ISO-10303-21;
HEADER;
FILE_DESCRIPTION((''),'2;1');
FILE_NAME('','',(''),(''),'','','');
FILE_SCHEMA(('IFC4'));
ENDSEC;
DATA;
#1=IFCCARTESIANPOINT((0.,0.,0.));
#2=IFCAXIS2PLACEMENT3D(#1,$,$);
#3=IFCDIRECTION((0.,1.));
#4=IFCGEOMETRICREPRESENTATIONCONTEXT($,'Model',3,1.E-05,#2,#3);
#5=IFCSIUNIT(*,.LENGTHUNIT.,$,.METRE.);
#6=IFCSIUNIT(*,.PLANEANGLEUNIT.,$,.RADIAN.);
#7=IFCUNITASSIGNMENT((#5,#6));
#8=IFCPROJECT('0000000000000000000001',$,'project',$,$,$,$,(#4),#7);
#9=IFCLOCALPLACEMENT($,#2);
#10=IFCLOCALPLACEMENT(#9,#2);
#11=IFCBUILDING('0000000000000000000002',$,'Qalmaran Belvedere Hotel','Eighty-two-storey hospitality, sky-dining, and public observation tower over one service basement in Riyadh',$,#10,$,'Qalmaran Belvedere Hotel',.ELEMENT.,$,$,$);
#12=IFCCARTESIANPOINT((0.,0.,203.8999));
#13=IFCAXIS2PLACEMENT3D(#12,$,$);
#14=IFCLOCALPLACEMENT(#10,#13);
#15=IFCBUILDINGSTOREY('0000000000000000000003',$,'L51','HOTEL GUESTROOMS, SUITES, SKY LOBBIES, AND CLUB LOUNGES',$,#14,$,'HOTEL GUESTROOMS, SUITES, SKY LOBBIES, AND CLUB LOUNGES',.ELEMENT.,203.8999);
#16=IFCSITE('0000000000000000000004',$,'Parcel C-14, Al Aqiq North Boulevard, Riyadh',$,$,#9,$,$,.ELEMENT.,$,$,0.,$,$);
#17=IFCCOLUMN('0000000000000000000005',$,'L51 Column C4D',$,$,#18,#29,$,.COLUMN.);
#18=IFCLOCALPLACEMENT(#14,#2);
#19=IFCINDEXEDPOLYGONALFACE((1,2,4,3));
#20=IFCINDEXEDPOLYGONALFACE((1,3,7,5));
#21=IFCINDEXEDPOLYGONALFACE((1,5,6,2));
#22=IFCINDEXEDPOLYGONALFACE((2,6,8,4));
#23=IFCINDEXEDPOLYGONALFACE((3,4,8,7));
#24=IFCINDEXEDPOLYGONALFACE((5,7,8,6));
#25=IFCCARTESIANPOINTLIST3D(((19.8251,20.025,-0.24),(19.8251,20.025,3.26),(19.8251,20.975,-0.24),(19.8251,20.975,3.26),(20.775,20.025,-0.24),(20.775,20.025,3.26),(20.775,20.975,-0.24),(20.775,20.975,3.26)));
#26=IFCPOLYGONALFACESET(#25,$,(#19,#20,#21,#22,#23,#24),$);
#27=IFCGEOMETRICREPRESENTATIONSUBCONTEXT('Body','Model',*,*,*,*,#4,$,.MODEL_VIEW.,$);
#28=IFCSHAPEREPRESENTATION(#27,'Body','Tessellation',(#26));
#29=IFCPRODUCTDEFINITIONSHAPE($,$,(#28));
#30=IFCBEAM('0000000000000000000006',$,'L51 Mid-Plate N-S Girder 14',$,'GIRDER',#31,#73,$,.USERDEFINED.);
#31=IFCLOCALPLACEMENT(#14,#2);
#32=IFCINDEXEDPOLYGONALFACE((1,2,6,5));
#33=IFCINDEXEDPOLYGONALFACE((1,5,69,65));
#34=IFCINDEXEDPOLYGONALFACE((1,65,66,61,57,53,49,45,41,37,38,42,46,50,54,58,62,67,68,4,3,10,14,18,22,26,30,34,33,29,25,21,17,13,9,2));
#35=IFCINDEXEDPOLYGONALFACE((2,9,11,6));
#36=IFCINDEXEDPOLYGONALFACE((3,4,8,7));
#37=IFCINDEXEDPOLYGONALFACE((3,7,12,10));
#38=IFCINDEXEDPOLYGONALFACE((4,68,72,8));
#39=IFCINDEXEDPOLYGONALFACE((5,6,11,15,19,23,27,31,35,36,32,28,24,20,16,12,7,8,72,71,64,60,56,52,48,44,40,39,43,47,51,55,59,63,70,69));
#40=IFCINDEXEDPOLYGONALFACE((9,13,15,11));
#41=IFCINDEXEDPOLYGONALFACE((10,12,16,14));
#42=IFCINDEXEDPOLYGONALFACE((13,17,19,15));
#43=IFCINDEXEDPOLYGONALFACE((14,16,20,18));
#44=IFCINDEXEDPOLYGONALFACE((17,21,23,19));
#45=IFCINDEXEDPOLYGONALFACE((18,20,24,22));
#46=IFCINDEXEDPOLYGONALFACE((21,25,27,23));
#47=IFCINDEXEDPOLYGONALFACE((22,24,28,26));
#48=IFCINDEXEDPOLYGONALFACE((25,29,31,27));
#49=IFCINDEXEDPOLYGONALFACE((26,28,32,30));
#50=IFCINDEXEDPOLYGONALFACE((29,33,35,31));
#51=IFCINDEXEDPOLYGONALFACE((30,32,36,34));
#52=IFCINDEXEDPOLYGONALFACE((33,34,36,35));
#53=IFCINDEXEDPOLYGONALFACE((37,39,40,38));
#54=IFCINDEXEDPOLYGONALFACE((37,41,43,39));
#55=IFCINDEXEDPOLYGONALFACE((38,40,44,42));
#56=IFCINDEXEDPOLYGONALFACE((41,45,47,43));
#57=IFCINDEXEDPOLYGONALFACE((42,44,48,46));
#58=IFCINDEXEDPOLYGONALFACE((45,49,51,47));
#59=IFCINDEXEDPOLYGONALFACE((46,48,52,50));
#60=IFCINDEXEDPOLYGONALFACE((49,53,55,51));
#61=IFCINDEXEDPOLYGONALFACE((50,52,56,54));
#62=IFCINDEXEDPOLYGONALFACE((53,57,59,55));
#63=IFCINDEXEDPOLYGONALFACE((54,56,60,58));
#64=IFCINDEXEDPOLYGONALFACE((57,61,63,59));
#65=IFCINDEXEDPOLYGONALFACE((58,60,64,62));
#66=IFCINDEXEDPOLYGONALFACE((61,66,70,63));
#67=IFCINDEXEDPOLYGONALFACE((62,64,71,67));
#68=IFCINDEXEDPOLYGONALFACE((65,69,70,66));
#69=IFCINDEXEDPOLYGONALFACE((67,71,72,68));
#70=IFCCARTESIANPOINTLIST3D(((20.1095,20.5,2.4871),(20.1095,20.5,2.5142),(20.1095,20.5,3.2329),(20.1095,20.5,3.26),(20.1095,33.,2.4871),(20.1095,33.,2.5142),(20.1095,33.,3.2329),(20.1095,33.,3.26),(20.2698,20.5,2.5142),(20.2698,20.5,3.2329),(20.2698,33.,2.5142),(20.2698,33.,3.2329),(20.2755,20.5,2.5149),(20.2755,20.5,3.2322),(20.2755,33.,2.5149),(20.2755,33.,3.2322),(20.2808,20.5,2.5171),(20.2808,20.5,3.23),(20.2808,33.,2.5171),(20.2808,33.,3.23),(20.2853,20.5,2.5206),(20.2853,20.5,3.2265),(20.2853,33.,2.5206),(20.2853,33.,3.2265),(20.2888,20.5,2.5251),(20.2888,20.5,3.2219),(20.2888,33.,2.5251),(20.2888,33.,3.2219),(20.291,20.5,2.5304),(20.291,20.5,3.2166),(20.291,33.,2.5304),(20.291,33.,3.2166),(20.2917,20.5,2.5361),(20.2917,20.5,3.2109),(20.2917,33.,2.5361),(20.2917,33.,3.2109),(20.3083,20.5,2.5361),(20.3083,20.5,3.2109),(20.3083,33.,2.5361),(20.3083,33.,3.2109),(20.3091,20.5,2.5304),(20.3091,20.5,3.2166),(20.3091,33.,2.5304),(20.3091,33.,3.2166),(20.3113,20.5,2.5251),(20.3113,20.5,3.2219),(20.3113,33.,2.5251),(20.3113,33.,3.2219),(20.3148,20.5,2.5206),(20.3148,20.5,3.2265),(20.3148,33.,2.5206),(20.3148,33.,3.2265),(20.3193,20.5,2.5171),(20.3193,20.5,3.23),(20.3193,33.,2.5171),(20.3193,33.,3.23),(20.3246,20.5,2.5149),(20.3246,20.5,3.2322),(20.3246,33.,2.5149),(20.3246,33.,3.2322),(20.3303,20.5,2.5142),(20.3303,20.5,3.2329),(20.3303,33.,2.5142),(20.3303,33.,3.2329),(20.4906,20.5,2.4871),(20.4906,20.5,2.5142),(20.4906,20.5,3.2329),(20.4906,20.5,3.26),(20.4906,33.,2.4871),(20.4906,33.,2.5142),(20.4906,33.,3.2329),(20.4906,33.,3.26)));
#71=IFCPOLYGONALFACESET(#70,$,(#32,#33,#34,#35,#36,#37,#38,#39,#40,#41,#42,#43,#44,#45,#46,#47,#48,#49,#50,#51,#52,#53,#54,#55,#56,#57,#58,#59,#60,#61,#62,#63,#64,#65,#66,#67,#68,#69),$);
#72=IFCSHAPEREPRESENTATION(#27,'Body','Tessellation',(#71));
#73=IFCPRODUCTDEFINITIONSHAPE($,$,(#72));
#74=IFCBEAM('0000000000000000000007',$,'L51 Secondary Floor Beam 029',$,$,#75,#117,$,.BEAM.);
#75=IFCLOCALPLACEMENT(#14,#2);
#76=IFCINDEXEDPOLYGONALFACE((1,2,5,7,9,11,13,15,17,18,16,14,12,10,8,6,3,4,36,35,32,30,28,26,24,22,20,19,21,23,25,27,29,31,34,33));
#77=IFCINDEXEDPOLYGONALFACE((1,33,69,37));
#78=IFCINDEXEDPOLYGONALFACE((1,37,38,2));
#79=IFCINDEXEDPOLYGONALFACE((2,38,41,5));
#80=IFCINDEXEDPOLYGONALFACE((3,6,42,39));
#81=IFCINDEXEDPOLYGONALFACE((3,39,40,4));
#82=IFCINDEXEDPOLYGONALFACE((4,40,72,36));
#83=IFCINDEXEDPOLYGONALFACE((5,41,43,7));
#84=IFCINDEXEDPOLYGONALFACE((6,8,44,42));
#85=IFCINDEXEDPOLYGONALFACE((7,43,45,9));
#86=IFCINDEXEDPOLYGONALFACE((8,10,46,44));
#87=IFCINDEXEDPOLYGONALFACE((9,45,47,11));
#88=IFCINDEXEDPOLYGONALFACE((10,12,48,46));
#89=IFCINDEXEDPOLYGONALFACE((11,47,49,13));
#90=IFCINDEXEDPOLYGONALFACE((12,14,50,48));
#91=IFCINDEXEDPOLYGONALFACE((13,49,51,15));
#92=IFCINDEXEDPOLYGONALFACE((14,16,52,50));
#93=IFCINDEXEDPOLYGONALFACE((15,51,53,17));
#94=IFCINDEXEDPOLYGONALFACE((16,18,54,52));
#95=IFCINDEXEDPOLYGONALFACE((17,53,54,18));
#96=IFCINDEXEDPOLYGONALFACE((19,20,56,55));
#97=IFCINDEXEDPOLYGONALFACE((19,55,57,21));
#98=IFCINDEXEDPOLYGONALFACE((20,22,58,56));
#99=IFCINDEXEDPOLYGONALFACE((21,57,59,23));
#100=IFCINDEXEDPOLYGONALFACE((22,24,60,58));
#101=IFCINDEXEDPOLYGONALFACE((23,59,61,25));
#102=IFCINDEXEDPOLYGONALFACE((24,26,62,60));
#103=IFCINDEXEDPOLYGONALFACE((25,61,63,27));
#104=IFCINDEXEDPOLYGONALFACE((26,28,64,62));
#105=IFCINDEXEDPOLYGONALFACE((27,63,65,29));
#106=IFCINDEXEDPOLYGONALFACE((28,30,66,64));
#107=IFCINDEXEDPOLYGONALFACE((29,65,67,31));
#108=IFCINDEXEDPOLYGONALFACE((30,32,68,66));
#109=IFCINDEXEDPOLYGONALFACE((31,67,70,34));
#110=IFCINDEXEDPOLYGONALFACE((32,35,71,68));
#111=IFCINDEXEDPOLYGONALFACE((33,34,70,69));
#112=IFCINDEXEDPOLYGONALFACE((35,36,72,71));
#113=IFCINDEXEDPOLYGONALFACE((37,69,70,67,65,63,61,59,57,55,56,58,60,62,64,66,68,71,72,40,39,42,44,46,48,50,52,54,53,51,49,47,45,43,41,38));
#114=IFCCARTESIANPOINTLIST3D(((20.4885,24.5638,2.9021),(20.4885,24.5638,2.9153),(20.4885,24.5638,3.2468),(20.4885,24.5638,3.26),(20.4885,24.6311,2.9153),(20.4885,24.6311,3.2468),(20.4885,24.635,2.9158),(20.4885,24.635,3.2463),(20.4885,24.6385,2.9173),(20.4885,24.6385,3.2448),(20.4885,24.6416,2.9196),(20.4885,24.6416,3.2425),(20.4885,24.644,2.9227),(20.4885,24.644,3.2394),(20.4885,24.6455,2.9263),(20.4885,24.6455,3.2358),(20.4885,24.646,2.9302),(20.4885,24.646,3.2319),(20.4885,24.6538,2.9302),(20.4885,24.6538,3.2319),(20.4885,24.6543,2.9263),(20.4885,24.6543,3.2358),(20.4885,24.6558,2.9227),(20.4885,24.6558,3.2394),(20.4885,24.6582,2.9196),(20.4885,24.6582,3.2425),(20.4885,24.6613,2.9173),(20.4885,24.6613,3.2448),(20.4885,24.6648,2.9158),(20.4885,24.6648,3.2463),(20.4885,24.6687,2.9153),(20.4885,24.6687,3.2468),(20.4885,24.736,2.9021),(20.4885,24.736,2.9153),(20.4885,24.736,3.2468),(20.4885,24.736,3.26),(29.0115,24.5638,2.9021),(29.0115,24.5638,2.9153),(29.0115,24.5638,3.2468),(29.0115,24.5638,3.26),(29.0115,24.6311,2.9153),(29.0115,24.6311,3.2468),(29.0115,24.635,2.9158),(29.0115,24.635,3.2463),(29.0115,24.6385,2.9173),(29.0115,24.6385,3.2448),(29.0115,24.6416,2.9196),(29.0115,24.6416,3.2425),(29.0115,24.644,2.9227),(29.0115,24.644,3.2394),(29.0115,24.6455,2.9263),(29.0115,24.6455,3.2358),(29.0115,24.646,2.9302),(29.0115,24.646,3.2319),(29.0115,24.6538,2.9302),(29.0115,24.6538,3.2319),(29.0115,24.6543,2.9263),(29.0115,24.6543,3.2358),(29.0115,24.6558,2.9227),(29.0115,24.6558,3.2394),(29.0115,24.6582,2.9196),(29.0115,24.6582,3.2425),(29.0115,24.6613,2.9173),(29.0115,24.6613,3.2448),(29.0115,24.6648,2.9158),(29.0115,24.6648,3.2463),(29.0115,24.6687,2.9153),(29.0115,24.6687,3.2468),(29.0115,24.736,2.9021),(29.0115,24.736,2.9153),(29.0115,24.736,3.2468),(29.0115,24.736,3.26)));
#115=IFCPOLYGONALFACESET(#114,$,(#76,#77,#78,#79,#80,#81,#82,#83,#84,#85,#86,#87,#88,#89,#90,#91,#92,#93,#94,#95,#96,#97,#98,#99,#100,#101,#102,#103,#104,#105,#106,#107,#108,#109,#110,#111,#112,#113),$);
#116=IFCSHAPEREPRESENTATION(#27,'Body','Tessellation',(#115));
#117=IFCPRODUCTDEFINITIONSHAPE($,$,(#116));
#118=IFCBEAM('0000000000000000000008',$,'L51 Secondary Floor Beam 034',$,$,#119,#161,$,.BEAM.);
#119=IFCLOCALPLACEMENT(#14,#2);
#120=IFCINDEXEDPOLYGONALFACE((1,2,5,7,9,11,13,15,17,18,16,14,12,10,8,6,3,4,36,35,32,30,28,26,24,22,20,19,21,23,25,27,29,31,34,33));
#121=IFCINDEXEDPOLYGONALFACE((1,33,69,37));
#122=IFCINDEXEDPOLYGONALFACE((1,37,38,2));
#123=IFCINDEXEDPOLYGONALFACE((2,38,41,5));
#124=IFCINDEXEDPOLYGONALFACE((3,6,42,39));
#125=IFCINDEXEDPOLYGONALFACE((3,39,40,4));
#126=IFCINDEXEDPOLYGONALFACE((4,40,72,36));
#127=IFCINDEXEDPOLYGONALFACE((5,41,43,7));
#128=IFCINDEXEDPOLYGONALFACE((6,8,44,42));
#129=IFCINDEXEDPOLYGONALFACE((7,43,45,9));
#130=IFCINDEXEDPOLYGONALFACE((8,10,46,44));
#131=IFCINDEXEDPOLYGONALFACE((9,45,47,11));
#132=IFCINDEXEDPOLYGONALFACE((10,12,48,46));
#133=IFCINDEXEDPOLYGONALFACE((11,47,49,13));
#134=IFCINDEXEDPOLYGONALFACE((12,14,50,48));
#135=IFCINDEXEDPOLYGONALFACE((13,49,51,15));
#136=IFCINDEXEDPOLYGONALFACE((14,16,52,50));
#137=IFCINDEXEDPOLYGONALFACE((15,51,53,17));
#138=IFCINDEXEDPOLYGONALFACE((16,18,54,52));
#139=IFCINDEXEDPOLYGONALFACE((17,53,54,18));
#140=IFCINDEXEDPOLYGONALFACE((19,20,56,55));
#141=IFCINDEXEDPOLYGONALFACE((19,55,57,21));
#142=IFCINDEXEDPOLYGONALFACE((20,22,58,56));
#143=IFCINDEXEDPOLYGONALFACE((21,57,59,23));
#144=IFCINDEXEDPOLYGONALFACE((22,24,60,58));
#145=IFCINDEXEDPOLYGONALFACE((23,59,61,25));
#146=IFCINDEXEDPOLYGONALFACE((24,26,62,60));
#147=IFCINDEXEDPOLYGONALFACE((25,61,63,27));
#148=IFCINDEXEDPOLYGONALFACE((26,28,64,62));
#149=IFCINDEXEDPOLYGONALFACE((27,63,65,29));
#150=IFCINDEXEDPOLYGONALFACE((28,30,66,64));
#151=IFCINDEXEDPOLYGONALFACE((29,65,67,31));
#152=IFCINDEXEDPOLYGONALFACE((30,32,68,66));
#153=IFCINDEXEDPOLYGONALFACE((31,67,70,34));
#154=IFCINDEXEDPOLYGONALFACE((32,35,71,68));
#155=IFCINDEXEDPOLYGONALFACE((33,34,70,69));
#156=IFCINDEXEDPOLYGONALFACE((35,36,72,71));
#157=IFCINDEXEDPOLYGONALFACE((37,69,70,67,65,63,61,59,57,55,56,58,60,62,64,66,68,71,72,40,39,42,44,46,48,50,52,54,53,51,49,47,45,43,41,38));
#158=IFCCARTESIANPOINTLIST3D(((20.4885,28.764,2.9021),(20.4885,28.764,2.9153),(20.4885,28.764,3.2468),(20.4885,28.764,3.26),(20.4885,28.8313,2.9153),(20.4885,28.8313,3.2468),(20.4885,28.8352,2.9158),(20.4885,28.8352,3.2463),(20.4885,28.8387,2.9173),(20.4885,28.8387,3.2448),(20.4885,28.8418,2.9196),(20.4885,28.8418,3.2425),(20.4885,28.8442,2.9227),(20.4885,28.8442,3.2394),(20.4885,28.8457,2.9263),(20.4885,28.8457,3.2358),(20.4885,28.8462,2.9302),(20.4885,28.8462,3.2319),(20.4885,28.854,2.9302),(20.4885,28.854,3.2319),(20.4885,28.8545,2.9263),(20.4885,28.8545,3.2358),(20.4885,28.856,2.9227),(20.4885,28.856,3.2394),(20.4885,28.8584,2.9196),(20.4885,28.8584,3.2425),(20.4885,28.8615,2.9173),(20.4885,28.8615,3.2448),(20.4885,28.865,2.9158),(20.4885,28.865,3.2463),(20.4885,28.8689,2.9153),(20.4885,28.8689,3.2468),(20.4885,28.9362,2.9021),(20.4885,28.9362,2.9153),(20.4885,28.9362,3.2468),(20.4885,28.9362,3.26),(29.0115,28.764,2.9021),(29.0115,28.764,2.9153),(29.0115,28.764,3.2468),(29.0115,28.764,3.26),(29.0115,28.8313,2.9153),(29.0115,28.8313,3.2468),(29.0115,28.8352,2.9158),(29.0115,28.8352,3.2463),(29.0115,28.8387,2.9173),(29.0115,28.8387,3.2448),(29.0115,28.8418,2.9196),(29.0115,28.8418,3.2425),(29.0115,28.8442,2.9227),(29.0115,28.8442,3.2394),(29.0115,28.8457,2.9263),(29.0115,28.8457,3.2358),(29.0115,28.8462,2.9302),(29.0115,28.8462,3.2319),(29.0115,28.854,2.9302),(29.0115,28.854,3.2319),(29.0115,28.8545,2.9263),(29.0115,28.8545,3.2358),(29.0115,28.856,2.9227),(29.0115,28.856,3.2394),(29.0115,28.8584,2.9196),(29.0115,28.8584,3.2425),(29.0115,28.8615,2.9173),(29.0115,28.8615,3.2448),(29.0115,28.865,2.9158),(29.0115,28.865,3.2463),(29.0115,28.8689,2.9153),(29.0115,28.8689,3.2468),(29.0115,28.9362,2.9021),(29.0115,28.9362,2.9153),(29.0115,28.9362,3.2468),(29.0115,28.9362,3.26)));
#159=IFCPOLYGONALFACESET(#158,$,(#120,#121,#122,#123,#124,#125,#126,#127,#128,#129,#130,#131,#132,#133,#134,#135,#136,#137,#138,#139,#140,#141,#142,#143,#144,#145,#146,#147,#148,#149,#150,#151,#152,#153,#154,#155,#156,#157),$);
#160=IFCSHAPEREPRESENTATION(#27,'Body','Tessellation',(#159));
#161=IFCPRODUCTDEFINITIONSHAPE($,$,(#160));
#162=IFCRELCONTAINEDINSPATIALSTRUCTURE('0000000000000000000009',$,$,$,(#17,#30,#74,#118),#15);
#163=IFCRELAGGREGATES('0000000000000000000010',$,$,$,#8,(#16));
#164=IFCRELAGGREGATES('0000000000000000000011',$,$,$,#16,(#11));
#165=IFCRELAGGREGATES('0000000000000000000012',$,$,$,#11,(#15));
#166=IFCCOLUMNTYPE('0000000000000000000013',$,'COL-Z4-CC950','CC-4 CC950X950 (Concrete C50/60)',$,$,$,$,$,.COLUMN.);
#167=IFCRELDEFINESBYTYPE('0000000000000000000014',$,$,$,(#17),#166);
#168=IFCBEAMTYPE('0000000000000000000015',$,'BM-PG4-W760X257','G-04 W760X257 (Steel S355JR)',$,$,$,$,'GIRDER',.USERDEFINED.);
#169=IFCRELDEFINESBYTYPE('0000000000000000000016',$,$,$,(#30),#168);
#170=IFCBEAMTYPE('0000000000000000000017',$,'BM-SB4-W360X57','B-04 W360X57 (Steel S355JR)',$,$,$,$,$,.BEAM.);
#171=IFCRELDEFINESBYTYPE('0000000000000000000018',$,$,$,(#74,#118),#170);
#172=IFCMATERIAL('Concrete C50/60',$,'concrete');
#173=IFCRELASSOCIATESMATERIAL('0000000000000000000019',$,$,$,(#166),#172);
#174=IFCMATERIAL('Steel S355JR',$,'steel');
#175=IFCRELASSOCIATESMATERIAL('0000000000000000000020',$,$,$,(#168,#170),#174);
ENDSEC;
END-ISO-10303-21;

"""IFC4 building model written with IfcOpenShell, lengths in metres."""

from ifc_helpers import new_model, si_unit, direction, frame, origin, origin_2d, place, context, subcontext, project, spatial, rectangle, i_section, extrude, material, material_profile, profile_set, type_object, element, save


model = new_model("IFC4")

# Units and contexts
model_context = context("Model", 3, precision=1e-05, world=origin(), true_north=direction((0.0, 1.0)))
body_context = subcontext(model_context, "Body", "Model", "MODEL_VIEW")
ifc_project = project(units=[si_unit("LENGTHUNIT", "METRE"), si_unit("PLANEANGLEUNIT", "RADIAN")], contexts=[model_context])

# Site, building, storey
site_placement = place(None, origin())
site = spatial("IfcSite", under=ifc_project, at=site_placement, Name="Parcel C-14, Al Aqiq North Boulevard, Riyadh", CompositionType="ELEMENT", RefElevation=0.0)
building_placement = place(site_placement, origin())
building = spatial("IfcBuilding", under=site, at=building_placement, Name="Qalmaran Belvedere Hotel", Description="Eighty-two-storey hospitality, sky-dining, and public observation tower over one service basement in Riyadh", LongName="Qalmaran Belvedere Hotel", CompositionType="ELEMENT")
storey_placement = place(building_placement, frame((0.0, 0.0, 203.8999)))
storey = spatial("IfcBuildingStorey", under=building, at=storey_placement, Name="L51", Description="HOTEL GUESTROOMS, SUITES, SKY LOBBIES, AND CLUB LOUNGES", LongName="HOTEL GUESTROOMS, SUITES, SKY LOBBIES, AND CLUB LOUNGES", CompositionType="ELEMENT", Elevation=203.8999)

# Column
ifc_material_1 = material(Name="Concrete C50/60", Category="concrete")
ifc_material_profile_1 = material_profile(ifc_material_1, rectangle(XDim=0.95, YDim=0.95, at=origin_2d()), Name="CC950X950")
ifc_profile_set_1 = profile_set([ifc_material_profile_1], Name="Concrete C50/60")
column_type = type_object("IfcColumnType", Name="COL-Z4-CC950", Description="CC-4 CC950X950 (Concrete C50/60)", PredefinedType="COLUMN", material=ifc_profile_set_1)
column_placement = place(storey_placement, frame((20.3, 20.5, -0.24), z_axis=(0.0, 0.0, 1.0), x_axis=(1.0, 0.0, 0.0)))
element("IfcColumn", 1, at=column_placement, inside=storey, type_object=column_type, Name="L51 Column C4D", PredefinedType="COLUMN", context=body_context, shape_type="SweptSolid", body=[
    extrude(rectangle(XDim=0.95, YDim=0.95, at=origin_2d()), origin(), (0.0, 0.0, 1.0), 3.5),
])

# Beams
ifc_material_2 = material(Name="Steel S355JR", Category="steel")
ifc_material_profile_2 = material_profile(ifc_material_2, i_section(OverallWidth=0.3811, OverallDepth=0.7729, WebThickness=0.0166, FlangeThickness=0.0271, FilletRadius=0.022, at=origin_2d()), Name="W760X257")
ifc_profile_set_2 = profile_set([ifc_material_profile_2], Name="Steel S355JR")
beam_type_1 = type_object("IfcBeamType", Name="BM-PG4-W760X257", Description="G-04 W760X257 (Steel S355JR)", ElementType="GIRDER", PredefinedType="USERDEFINED", material=ifc_profile_set_2)
beam_1_placement = place(storey_placement, frame((20.3, 20.5, 2.8735), z_axis=(0.0, 1.0, 0.0), x_axis=(-1.0, 0.0, 0.0)))
element("IfcBeam", 2, at=beam_1_placement, inside=storey, type_object=beam_type_1, Name="L51 Mid-Plate N-S Girder 14", ObjectType="GIRDER", PredefinedType="USERDEFINED", context=body_context, shape_type="SweptSolid", body=[
    extrude(i_section(OverallWidth=0.3811, OverallDepth=0.7729, WebThickness=0.0166, FlangeThickness=0.0271, FilletRadius=0.022, at=origin_2d()), origin(), (0.0, 0.0, 1.0), 12.5),
])
ifc_material_profile_3 = material_profile(ifc_material_2, i_section(OverallWidth=0.1721, OverallDepth=0.3579, WebThickness=0.0078, FlangeThickness=0.0132, FilletRadius=0.0149, at=origin_2d()), Name="W360X57")
ifc_profile_set_3 = profile_set([ifc_material_profile_3], Name="Steel S355JR")
beam_type_2 = type_object("IfcBeamType", Name="BM-SB4-W360X57", Description="B-04 W360X57 (Steel S355JR)", PredefinedType="BEAM", material=ifc_profile_set_3)
for number, where, z_axis, x_axis, name in (
    (3, (20.4885, 24.6499, 3.0811), (1.0, 0.0, 0.0), (0.0, 1.0, 0.0), "L51 Secondary Floor Beam 029"),
    (4, (20.4885, 28.8501, 3.0811), (1.0, 0.0, 0.0), (0.0, 1.0, 0.0), "L51 Secondary Floor Beam 034"),
):
    element("IfcBeam", number, at=place(storey_placement, frame(where, z_axis=z_axis, x_axis=x_axis)), inside=storey, type_object=beam_type_2, Name=name, PredefinedType="BEAM", context=body_context, shape_type="SweptSolid", body=[
        extrude(i_section(OverallWidth=0.1721, OverallDepth=0.3579, WebThickness=0.0078, FlangeThickness=0.0132, FilletRadius=0.0149, at=origin_2d()), origin(), (0.0, 0.0, 1.0), 8.5229),
    ])

save(model, "model.ifc")
